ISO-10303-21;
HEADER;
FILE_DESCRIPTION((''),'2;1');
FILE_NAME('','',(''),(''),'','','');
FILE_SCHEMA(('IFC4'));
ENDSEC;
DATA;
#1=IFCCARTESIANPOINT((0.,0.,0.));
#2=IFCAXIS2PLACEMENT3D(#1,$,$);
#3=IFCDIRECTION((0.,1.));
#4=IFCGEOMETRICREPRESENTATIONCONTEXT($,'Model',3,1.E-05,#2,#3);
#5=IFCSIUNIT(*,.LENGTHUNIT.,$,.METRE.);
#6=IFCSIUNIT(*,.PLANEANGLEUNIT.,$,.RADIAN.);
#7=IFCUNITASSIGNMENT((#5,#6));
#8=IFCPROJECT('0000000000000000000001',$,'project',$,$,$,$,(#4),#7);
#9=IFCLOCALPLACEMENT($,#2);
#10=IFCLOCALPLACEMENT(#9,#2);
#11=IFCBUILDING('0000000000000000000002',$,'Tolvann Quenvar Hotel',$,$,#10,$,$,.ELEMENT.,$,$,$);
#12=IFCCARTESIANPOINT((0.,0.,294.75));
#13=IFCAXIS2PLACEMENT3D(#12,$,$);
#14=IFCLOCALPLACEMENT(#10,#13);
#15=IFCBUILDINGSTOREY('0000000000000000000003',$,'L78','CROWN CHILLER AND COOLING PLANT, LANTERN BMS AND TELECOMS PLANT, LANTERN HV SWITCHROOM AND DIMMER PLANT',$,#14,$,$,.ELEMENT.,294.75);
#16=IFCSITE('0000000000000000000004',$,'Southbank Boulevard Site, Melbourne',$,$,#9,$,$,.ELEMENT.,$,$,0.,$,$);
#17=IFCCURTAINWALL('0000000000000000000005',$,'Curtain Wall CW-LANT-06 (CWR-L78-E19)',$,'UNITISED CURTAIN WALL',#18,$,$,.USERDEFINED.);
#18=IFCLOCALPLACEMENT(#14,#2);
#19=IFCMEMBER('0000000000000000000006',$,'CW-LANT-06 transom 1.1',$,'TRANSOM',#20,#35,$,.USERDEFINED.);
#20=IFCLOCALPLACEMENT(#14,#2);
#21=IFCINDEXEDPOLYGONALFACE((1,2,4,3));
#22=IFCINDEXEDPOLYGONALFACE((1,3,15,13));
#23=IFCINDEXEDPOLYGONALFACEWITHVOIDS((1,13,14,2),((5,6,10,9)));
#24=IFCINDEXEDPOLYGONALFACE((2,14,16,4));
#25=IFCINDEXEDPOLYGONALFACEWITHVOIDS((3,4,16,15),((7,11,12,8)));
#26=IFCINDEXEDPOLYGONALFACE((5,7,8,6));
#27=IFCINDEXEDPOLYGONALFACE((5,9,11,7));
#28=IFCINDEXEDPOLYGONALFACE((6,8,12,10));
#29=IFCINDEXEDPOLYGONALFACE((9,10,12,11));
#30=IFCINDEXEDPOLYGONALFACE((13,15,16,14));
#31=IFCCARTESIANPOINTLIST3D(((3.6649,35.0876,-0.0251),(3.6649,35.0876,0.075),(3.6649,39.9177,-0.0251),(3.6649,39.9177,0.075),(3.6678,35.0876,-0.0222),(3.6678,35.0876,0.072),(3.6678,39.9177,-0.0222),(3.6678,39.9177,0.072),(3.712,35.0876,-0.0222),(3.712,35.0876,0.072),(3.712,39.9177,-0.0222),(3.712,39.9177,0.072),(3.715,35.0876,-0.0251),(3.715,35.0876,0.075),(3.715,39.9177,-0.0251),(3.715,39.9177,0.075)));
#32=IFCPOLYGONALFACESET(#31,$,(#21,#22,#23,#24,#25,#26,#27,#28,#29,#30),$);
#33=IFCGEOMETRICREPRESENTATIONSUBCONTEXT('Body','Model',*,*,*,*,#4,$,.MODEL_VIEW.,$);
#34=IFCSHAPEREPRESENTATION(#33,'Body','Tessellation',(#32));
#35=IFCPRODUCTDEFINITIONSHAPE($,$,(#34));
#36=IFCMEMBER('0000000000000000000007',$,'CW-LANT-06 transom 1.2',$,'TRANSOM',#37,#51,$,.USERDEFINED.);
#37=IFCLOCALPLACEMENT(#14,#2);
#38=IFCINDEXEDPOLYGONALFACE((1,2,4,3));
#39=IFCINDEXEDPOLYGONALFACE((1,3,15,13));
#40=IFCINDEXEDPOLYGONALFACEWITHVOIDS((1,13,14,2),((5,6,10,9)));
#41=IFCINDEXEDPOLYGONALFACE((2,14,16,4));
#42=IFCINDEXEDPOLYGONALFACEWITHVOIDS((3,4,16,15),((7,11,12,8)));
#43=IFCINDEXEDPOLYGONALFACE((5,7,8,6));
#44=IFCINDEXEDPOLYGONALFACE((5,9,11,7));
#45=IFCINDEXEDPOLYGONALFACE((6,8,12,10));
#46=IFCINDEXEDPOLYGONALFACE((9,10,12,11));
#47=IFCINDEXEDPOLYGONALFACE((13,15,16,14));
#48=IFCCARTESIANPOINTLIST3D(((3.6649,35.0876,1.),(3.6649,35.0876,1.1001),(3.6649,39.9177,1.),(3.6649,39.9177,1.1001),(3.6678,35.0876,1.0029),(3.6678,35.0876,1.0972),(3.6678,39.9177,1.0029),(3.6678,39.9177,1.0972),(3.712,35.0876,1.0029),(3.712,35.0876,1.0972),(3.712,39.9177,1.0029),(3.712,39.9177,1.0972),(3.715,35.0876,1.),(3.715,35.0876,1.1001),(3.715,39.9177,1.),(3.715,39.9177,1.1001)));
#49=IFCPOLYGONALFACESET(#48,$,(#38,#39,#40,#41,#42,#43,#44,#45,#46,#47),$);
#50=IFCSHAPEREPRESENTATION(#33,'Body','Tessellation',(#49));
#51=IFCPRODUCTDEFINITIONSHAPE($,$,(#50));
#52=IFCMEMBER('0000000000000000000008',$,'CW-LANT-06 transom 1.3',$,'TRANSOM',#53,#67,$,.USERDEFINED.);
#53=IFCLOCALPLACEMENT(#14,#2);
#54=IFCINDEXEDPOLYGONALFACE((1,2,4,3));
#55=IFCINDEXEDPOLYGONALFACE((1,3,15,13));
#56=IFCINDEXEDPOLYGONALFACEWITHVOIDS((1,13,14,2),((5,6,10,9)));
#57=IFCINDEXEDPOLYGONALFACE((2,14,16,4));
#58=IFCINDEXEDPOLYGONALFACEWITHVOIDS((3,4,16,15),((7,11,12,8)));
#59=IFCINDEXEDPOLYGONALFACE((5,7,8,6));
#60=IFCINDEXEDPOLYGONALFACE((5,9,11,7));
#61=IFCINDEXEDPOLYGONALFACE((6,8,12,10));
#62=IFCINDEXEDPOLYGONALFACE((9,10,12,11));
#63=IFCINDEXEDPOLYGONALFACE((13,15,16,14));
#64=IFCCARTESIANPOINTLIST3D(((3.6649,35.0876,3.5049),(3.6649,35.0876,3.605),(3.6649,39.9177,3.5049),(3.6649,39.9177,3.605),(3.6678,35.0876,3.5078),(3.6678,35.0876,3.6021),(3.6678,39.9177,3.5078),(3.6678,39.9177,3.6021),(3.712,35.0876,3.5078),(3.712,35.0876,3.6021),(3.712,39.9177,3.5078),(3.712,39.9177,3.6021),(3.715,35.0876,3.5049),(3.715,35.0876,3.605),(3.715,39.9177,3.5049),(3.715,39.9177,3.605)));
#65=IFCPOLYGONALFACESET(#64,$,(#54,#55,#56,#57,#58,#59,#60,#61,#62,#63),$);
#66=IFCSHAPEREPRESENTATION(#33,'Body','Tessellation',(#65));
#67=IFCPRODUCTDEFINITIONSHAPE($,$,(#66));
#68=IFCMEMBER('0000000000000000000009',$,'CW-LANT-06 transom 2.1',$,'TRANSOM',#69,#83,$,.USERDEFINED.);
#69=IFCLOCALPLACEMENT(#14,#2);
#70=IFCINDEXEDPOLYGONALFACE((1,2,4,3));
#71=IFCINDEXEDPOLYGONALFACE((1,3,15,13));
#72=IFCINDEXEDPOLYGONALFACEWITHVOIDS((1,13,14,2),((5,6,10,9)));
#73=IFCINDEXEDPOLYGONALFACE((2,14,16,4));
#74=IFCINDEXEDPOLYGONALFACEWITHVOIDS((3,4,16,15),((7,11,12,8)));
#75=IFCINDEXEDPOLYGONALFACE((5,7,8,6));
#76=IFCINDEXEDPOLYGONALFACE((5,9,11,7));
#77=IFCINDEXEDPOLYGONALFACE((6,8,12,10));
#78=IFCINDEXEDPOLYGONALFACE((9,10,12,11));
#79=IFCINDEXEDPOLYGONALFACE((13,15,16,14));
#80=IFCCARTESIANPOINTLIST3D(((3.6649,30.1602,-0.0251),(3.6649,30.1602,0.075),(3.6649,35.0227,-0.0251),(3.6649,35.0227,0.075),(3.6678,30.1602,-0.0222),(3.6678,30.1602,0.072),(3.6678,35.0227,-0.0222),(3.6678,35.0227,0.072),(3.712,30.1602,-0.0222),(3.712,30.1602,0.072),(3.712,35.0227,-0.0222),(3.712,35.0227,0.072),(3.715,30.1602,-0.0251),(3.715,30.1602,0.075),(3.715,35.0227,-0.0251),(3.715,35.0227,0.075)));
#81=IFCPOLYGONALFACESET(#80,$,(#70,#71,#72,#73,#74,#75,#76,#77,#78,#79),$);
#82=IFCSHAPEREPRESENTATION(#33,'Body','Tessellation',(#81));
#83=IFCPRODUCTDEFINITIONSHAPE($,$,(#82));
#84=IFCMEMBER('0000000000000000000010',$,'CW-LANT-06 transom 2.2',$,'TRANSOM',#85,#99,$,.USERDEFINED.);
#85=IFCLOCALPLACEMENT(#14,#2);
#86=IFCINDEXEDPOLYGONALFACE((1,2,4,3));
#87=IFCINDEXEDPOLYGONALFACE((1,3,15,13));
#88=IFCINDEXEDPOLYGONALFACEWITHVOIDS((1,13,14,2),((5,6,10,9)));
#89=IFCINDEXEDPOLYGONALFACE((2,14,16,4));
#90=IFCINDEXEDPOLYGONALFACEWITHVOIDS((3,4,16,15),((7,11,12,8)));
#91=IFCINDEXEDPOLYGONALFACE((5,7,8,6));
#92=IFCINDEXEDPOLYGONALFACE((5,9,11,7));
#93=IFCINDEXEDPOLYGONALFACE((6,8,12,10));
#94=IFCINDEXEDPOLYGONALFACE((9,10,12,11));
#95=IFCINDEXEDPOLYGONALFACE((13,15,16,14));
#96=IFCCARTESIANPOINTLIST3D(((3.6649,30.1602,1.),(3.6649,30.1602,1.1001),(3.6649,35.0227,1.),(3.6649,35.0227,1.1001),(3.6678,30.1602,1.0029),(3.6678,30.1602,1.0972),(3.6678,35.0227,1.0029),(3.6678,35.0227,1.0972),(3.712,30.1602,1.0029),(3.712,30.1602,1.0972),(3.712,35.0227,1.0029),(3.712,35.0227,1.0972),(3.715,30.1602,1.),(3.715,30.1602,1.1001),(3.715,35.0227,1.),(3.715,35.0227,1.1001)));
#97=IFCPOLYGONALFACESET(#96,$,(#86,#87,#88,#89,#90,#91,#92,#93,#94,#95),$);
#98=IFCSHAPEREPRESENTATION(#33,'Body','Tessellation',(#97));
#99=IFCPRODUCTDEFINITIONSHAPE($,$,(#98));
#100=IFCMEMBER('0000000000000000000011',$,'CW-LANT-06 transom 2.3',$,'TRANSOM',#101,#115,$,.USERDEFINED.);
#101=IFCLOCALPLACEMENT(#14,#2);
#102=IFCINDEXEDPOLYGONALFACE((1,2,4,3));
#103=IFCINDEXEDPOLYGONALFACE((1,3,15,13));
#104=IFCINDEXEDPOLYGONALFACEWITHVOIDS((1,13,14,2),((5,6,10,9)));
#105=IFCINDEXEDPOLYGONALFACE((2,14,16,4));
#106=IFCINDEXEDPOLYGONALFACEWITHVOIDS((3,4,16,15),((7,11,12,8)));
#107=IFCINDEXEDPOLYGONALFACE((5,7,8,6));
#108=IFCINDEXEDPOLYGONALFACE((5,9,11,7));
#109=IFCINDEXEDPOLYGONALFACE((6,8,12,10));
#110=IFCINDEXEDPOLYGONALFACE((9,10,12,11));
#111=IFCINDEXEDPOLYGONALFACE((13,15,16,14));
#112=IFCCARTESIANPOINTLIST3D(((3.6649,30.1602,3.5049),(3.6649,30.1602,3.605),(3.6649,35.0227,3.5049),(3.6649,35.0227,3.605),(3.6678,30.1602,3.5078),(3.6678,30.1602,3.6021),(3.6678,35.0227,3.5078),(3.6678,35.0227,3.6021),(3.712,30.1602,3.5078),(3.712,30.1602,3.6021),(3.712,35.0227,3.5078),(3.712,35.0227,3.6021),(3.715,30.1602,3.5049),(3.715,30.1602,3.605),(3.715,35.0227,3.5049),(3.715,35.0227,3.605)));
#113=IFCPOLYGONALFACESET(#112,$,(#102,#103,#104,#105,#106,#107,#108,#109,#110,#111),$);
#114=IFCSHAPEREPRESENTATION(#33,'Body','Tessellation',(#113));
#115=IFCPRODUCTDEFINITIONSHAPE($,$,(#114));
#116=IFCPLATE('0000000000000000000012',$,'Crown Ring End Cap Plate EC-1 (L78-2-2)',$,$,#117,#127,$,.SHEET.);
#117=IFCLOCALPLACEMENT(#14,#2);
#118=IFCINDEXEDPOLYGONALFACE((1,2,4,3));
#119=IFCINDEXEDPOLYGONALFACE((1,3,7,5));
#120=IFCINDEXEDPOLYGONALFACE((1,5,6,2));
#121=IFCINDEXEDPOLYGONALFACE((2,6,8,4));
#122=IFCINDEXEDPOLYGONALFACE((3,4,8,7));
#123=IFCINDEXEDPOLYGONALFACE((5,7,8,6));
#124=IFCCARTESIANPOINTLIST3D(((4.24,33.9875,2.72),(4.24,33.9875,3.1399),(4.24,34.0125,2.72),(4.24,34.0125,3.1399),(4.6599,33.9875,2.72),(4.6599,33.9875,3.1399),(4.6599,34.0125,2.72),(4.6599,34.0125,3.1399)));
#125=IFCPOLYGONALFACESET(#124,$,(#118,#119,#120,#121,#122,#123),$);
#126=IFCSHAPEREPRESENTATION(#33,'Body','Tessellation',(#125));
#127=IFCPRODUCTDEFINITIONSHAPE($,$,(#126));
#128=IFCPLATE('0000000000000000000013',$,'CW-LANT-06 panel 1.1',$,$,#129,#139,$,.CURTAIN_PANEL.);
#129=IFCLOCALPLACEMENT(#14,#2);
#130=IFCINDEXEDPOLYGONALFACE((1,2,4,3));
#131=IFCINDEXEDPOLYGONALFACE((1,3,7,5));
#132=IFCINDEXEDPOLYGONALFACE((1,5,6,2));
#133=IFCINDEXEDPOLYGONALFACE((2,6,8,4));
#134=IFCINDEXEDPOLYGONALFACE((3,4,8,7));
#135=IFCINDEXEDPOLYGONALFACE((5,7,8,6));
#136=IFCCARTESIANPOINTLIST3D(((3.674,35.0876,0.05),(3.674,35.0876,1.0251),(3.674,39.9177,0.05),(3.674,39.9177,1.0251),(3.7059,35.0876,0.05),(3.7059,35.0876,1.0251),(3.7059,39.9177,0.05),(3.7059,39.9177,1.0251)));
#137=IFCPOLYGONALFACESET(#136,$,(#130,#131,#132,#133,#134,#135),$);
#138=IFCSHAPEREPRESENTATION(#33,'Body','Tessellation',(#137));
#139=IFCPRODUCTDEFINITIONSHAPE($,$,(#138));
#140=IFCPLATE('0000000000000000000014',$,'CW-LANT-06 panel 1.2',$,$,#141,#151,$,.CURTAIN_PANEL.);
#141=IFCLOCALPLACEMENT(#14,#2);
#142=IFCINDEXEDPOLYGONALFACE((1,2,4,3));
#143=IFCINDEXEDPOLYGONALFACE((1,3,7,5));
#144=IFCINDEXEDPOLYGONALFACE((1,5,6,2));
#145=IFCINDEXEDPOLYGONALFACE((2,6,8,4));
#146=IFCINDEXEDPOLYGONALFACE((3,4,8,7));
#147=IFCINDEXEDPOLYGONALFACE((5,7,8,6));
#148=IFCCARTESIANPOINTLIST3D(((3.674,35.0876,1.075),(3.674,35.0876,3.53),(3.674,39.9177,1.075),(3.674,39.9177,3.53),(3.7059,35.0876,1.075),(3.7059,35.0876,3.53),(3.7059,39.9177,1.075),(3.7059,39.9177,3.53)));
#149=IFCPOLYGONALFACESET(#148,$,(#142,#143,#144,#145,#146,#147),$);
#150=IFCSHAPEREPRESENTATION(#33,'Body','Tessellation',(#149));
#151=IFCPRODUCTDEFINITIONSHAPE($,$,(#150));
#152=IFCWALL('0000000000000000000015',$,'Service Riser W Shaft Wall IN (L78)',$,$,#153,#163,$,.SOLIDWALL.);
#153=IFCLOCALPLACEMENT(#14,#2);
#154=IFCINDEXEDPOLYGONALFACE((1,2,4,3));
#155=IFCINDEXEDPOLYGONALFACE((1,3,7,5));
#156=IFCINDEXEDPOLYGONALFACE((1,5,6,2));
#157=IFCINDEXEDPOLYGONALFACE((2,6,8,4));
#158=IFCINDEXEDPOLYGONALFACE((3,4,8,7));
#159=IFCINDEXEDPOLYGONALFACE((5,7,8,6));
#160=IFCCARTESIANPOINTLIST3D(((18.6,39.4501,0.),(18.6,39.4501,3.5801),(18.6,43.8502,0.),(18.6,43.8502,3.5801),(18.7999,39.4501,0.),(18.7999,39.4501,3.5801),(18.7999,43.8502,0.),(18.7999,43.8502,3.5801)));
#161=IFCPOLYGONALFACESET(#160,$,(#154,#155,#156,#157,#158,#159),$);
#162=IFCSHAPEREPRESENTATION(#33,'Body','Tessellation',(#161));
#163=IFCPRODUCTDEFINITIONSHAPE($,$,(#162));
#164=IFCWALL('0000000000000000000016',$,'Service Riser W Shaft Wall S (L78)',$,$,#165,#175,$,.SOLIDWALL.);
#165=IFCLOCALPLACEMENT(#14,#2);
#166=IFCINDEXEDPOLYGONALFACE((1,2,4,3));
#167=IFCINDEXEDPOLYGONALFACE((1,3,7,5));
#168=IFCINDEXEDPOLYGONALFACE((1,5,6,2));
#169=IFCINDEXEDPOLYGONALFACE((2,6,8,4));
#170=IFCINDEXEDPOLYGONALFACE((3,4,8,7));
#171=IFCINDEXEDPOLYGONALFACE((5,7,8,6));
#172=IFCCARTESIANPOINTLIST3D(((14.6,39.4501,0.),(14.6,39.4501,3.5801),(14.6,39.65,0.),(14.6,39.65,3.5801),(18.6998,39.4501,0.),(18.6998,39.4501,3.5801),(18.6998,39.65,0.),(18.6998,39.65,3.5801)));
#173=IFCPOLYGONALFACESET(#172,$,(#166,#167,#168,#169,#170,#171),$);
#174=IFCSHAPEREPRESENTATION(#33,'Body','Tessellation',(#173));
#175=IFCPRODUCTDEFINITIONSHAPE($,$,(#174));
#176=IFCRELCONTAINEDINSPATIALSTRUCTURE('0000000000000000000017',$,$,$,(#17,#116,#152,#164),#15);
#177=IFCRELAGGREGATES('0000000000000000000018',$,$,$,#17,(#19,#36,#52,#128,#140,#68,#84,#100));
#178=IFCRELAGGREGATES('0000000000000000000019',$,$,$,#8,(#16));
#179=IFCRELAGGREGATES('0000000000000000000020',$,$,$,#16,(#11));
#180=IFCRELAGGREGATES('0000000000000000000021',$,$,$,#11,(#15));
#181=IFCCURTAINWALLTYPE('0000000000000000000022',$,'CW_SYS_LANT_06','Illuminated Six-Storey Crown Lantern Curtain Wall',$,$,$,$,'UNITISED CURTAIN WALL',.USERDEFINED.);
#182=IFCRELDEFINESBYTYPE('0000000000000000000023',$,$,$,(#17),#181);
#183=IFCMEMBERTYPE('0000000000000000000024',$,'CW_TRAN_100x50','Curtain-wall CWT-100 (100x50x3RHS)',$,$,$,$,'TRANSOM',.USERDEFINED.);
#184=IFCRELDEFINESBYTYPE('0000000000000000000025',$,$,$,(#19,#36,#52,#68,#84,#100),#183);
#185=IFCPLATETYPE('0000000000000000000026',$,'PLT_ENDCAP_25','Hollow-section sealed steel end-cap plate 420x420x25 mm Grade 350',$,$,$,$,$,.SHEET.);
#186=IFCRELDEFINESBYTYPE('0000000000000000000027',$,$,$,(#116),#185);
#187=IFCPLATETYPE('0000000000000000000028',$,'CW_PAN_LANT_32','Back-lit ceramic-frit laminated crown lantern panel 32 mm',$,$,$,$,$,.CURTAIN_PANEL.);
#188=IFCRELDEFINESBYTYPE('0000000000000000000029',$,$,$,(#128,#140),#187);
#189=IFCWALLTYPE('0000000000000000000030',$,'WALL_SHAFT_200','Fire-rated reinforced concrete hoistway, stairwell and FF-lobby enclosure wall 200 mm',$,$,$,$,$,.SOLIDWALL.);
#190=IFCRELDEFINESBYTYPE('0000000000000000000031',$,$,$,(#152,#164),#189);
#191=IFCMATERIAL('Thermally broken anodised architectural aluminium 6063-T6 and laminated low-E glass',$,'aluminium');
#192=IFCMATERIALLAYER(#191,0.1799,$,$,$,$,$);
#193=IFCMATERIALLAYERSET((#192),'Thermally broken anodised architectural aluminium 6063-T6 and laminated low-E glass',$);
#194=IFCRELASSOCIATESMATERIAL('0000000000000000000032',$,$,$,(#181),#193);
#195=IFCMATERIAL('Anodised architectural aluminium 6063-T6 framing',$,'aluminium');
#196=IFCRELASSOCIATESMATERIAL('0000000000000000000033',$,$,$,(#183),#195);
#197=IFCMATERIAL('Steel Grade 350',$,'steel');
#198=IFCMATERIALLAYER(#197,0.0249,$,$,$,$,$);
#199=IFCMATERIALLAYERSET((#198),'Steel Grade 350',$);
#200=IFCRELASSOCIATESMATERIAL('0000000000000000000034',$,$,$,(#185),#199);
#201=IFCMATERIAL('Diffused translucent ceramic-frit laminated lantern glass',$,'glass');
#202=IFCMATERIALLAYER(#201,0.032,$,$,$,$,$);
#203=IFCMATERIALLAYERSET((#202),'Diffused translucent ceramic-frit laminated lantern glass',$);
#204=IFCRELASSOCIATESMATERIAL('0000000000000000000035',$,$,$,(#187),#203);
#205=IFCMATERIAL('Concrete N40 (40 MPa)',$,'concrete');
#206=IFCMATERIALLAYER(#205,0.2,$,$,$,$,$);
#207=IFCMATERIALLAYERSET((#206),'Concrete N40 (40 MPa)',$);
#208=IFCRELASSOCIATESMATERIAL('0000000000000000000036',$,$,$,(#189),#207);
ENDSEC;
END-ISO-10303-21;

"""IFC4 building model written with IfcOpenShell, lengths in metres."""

from ifc_helpers import new_model, si_unit, direction, frame, frame_2d, origin, origin_2d, place, context, subcontext, project, spatial, rectangle, hollow_rectangle, extrude, source, transform, mapped, material, layer, layer_set, material_profile, profile_set, type_object, type_shapes, element, aggregate, save


model = new_model("IFC4")

# Units and contexts
model_context = context("Model", 3, precision=1e-05, world=origin(), true_north=direction((0.0, 1.0)))
body_context = subcontext(model_context, "Body", "Model", "MODEL_VIEW")
ifc_project = project(units=[si_unit("LENGTHUNIT", "METRE"), si_unit("PLANEANGLEUNIT", "RADIAN")], contexts=[model_context])

# Site, building, storey
site_placement = place(None, origin())
site = spatial("IfcSite", under=ifc_project, at=site_placement, Name="Southbank Boulevard Site, Melbourne", CompositionType="ELEMENT", RefElevation=0.0)
building_placement = place(site_placement, origin())
building = spatial("IfcBuilding", under=site, at=building_placement, Name="Tolvann Quenvar Hotel", CompositionType="ELEMENT")
storey_placement = place(building_placement, frame((0.0, 0.0, 294.75)))
storey = spatial("IfcBuildingStorey", under=building, at=storey_placement, Name="L78", Description="CROWN CHILLER AND COOLING PLANT, LANTERN BMS AND TELECOMS PLANT, LANTERN HV SWITCHROOM AND DIMMER PLANT", CompositionType="ELEMENT", Elevation=294.75)

# Shared definitions
ifc_material_1 = material(Name="Steel Grade 350", Category="steel")

# Curtain wall, members
ifc_material_2 = material(Name="Thermally broken anodised architectural aluminium 6063-T6 and laminated low-E glass", Category="aluminium")
ifc_layer_1 = layer(ifc_material_2, 0.1799)
ifc_layer_set_1 = layer_set([ifc_layer_1], Name="Thermally broken anodised architectural aluminium 6063-T6 and laminated low-E glass")
curtain_wall_type = type_object("IfcCurtainWallType", Name="CW_SYS_LANT_06", Description="Illuminated Six-Storey Crown Lantern Curtain Wall", ElementType="UNITISED CURTAIN WALL", PredefinedType="USERDEFINED", material=ifc_layer_set_1)
curtain_wall_placement = place(storey_placement, origin())
curtain_wall = element("IfcCurtainWall", 1, at=curtain_wall_placement, inside=storey, type_object=curtain_wall_type, Name="Curtain Wall CW-LANT-06 (CWR-L78-E19)", ObjectType="UNITISED CURTAIN WALL", PredefinedType="USERDEFINED")
ifc_material_3 = material(Name="Anodised architectural aluminium 6063-T6 framing", Category="aluminium")
ifc_material_profile_1 = material_profile(ifc_material_3, hollow_rectangle(XDim=0.05, YDim=0.1001, WallThickness=0.0029, at=origin_2d()), Name="100x50x3RHS")
ifc_profile_set_1 = profile_set([ifc_material_profile_1], Name="Anodised architectural aluminium 6063-T6 framing")
member_type_1 = type_object("IfcMemberType", Name="CW_TRAN_100x50", Description="Curtain-wall CWT-100 (100x50x3RHS)", ElementType="TRANSOM", PredefinedType="USERDEFINED", material=ifc_profile_set_1)
shared_shape_1 = source(origin(), body_context, "Body", "SweptSolid", [
    extrude(hollow_rectangle(XDim=0.05, YDim=0.1001, WallThickness=0.0029, at=origin_2d()), origin(), (0.0, 0.0, 1.0), 4.8301),
])
member_1_placement = place(storey_placement, frame((3.6899, 39.9177, 0.0249), z_axis=(0.0, -1.0, 0.0), x_axis=(1.0, 0.0, 0.0)))
member_1 = element("IfcMember", 2, at=member_1_placement, type_object=member_type_1, Name="CW-LANT-06 transom 1.1", ObjectType="TRANSOM", PredefinedType="USERDEFINED", context=body_context, shape_type="MappedRepresentation", body=[
    mapped(shared_shape_1, transform((0.0, 0.0, 0.0), x_axis=(1.0, 0.0, 0.0), y_axis=(0.0, 1.0, 0.0), z_axis=(0.0, 0.0, 1.0), scale=1.0)),
])
member_2_placement = place(storey_placement, frame((3.6899, 39.9177, 1.05), z_axis=(0.0, -1.0, 0.0), x_axis=(1.0, 0.0, 0.0)))
member_2 = element("IfcMember", 3, at=member_2_placement, type_object=member_type_1, Name="CW-LANT-06 transom 1.2", ObjectType="TRANSOM", PredefinedType="USERDEFINED", context=body_context, shape_type="MappedRepresentation", body=[
    mapped(shared_shape_1, transform((0.0, 0.0, 0.0), x_axis=(1.0, 0.0, 0.0), y_axis=(0.0, 1.0, 0.0), z_axis=(0.0, 0.0, 1.0), scale=1.0)),
])
member_3_placement = place(storey_placement, frame((3.6899, 39.9177, 3.5549), z_axis=(0.0, -1.0, 0.0), x_axis=(1.0, 0.0, 0.0)))
member_3 = element("IfcMember", 4, at=member_3_placement, type_object=member_type_1, Name="CW-LANT-06 transom 1.3", ObjectType="TRANSOM", PredefinedType="USERDEFINED", context=body_context, shape_type="MappedRepresentation", body=[
    mapped(shared_shape_1, transform((0.0, 0.0, 0.0), x_axis=(1.0, 0.0, 0.0), y_axis=(0.0, 1.0, 0.0), z_axis=(0.0, 0.0, 1.0), scale=1.0)),
])
shared_shape_2 = source(origin(), body_context, "Body", "SweptSolid", [
    extrude(hollow_rectangle(XDim=0.05, YDim=0.1001, WallThickness=0.0029, at=origin_2d()), origin(), (0.0, 0.0, 1.0), 4.8625),
])
type_shapes(member_type_1, [shared_shape_1, shared_shape_2])
member_4_placement = place(storey_placement, frame((3.6899, 35.0227, 0.0249), z_axis=(0.0, -1.0, 0.0), x_axis=(1.0, 0.0, 0.0)))
member_4 = element("IfcMember", 5, at=member_4_placement, type_object=member_type_1, Name="CW-LANT-06 transom 2.1", ObjectType="TRANSOM", PredefinedType="USERDEFINED", context=body_context, shape_type="MappedRepresentation", body=[
    mapped(shared_shape_2, transform((0.0, 0.0, 0.0), x_axis=(1.0, 0.0, 0.0), y_axis=(0.0, 1.0, 0.0), z_axis=(0.0, 0.0, 1.0), scale=1.0)),
])
member_5_placement = place(storey_placement, frame((3.6899, 35.0227, 1.05), z_axis=(0.0, -1.0, 0.0), x_axis=(1.0, 0.0, 0.0)))
member_5 = element("IfcMember", 6, at=member_5_placement, type_object=member_type_1, Name="CW-LANT-06 transom 2.2", ObjectType="TRANSOM", PredefinedType="USERDEFINED", context=body_context, shape_type="MappedRepresentation", body=[
    mapped(shared_shape_2, transform((0.0, 0.0, 0.0), x_axis=(1.0, 0.0, 0.0), y_axis=(0.0, 1.0, 0.0), z_axis=(0.0, 0.0, 1.0), scale=1.0)),
])
member_6_placement = place(storey_placement, frame((3.6899, 35.0227, 3.5549), z_axis=(0.0, -1.0, 0.0), x_axis=(1.0, 0.0, 0.0)))
member_6 = element("IfcMember", 7, at=member_6_placement, type_object=member_type_1, Name="CW-LANT-06 transom 2.3", ObjectType="TRANSOM", PredefinedType="USERDEFINED", context=body_context, shape_type="MappedRepresentation", body=[
    mapped(shared_shape_2, transform((0.0, 0.0, 0.0), x_axis=(1.0, 0.0, 0.0), y_axis=(0.0, 1.0, 0.0), z_axis=(0.0, 0.0, 1.0), scale=1.0)),
])

# Plates
ifc_layer_2 = layer(ifc_material_1, 0.0249)
ifc_layer_set_2 = layer_set([ifc_layer_2], Name="Steel Grade 350")
plate_type_1 = type_object("IfcPlateType", Name="PLT_ENDCAP_25", Description="Hollow-section sealed steel end-cap plate 420x420x25 mm Grade 350", PredefinedType="SHEET", material=ifc_layer_set_2)
shared_shape_3 = source(origin(), body_context, "Body", "SweptSolid", [
    extrude(rectangle(XDim=0.4199, YDim=0.0249, at=origin_2d()), origin(), (0.0, 0.0, 1.0), 0.4199),
])
type_shapes(plate_type_1, [shared_shape_3])
plate_1_placement = place(storey_placement, frame((4.45, 34.0, 2.72), z_axis=(0.0, 0.0, 1.0), x_axis=(1.0, 0.0, 0.0)))
element("IfcPlate", 8, at=plate_1_placement, inside=storey, type_object=plate_type_1, Name="Crown Ring End Cap Plate EC-1 (L78-2-2)", PredefinedType="SHEET", context=body_context, shape_type="MappedRepresentation", body=[
    mapped(shared_shape_3, transform((0.0, 0.0, 0.0), x_axis=(1.0, 0.0, 0.0), y_axis=(0.0, 1.0, 0.0), z_axis=(0.0, 0.0, 1.0), scale=1.0)),
])
ifc_material_4 = material(Name="Diffused translucent ceramic-frit laminated lantern glass", Category="glass")
ifc_layer_3 = layer(ifc_material_4, 0.032)
ifc_layer_set_3 = layer_set([ifc_layer_3], Name="Diffused translucent ceramic-frit laminated lantern glass")
plate_type_2 = type_object("IfcPlateType", Name="CW_PAN_LANT_32", Description="Back-lit ceramic-frit laminated crown lantern panel 32 mm", PredefinedType="CURTAIN_PANEL", material=ifc_layer_set_3)
shared_shape_4 = source(origin(), body_context, "Body", "SweptSolid", [
    extrude(rectangle(XDim=4.8301, YDim=0.032, at=origin_2d()), origin(), (0.0, 0.0, 1.0), 0.9751),
])
plate_2_placement = place(storey_placement, frame((3.6899, 37.5027, 0.05), z_axis=(0.0, 0.0, 1.0), x_axis=(0.0, -1.0, 0.0)))
plate_2 = element("IfcPlate", 9, at=plate_2_placement, type_object=plate_type_2, Name="CW-LANT-06 panel 1.1", PredefinedType="CURTAIN_PANEL", context=body_context, shape_type="MappedRepresentation", body=[
    mapped(shared_shape_4, transform((0.0, 0.0, 0.0), x_axis=(1.0, 0.0, 0.0), y_axis=(0.0, 1.0, 0.0), z_axis=(0.0, 0.0, 1.0), scale=1.0)),
])
shared_shape_5 = source(origin(), body_context, "Body", "SweptSolid", [
    extrude(rectangle(XDim=4.8301, YDim=0.032, at=origin_2d()), origin(), (0.0, 0.0, 1.0), 2.4551),
])
type_shapes(plate_type_2, [shared_shape_4, shared_shape_5])
plate_3_placement = place(storey_placement, frame((3.6899, 37.5027, 1.075), z_axis=(0.0, 0.0, 1.0), x_axis=(0.0, -1.0, 0.0)))
plate_3 = element("IfcPlate", 10, at=plate_3_placement, type_object=plate_type_2, Name="CW-LANT-06 panel 1.2", PredefinedType="CURTAIN_PANEL", context=body_context, shape_type="MappedRepresentation", body=[
    mapped(shared_shape_5, transform((0.0, 0.0, 0.0), x_axis=(1.0, 0.0, 0.0), y_axis=(0.0, 1.0, 0.0), z_axis=(0.0, 0.0, 1.0), scale=1.0)),
])
aggregate(curtain_wall, [member_1, member_2, member_3, plate_2, plate_3, member_4, member_5, member_6])

# Walls
ifc_material_5 = material(Name="Concrete N40 (40 MPa)", Category="concrete")
ifc_layer_4 = layer(ifc_material_5, 0.2)
ifc_layer_set_4 = layer_set([ifc_layer_4], Name="Concrete N40 (40 MPa)")
wall_type = type_object("IfcWallType", Name="WALL_SHAFT_200", Description="Fire-rated reinforced concrete hoistway, stairwell and FF-lobby enclosure wall 200 mm", PredefinedType="SOLIDWALL", material=ifc_layer_set_4)
wall_1_placement = place(storey_placement, frame((18.7, 39.45, 0.0), z_axis=(0.0, 0.0, 1.0), x_axis=(0.0, 1.0, 0.0)))
element("IfcWall", 11, at=wall_1_placement, inside=storey, type_object=wall_type, Name="Service Riser W Shaft Wall IN (L78)", PredefinedType="SOLIDWALL", context=body_context, shape_type="SweptSolid", body=[
    extrude(rectangle(XDim=4.4001, YDim=0.2, at=frame_2d((2.2002, 0.0))), origin(), (0.0, 0.0, 1.0), 3.5801),
])
wall_2_placement = place(storey_placement, frame((14.6001, 39.55, 0.0), z_axis=(0.0, 0.0, 1.0), x_axis=(1.0, 0.0, 0.0)))
element("IfcWall", 12, at=wall_2_placement, inside=storey, type_object=wall_type, Name="Service Riser W Shaft Wall S (L78)", PredefinedType="SOLIDWALL", context=body_context, shape_type="SweptSolid", body=[
    extrude(rectangle(XDim=4.0999, YDim=0.2, at=frame_2d((2.0498, 0.0))), origin(), (0.0, 0.0, 1.0), 3.5801),
])

save(model, "model.ifc")
